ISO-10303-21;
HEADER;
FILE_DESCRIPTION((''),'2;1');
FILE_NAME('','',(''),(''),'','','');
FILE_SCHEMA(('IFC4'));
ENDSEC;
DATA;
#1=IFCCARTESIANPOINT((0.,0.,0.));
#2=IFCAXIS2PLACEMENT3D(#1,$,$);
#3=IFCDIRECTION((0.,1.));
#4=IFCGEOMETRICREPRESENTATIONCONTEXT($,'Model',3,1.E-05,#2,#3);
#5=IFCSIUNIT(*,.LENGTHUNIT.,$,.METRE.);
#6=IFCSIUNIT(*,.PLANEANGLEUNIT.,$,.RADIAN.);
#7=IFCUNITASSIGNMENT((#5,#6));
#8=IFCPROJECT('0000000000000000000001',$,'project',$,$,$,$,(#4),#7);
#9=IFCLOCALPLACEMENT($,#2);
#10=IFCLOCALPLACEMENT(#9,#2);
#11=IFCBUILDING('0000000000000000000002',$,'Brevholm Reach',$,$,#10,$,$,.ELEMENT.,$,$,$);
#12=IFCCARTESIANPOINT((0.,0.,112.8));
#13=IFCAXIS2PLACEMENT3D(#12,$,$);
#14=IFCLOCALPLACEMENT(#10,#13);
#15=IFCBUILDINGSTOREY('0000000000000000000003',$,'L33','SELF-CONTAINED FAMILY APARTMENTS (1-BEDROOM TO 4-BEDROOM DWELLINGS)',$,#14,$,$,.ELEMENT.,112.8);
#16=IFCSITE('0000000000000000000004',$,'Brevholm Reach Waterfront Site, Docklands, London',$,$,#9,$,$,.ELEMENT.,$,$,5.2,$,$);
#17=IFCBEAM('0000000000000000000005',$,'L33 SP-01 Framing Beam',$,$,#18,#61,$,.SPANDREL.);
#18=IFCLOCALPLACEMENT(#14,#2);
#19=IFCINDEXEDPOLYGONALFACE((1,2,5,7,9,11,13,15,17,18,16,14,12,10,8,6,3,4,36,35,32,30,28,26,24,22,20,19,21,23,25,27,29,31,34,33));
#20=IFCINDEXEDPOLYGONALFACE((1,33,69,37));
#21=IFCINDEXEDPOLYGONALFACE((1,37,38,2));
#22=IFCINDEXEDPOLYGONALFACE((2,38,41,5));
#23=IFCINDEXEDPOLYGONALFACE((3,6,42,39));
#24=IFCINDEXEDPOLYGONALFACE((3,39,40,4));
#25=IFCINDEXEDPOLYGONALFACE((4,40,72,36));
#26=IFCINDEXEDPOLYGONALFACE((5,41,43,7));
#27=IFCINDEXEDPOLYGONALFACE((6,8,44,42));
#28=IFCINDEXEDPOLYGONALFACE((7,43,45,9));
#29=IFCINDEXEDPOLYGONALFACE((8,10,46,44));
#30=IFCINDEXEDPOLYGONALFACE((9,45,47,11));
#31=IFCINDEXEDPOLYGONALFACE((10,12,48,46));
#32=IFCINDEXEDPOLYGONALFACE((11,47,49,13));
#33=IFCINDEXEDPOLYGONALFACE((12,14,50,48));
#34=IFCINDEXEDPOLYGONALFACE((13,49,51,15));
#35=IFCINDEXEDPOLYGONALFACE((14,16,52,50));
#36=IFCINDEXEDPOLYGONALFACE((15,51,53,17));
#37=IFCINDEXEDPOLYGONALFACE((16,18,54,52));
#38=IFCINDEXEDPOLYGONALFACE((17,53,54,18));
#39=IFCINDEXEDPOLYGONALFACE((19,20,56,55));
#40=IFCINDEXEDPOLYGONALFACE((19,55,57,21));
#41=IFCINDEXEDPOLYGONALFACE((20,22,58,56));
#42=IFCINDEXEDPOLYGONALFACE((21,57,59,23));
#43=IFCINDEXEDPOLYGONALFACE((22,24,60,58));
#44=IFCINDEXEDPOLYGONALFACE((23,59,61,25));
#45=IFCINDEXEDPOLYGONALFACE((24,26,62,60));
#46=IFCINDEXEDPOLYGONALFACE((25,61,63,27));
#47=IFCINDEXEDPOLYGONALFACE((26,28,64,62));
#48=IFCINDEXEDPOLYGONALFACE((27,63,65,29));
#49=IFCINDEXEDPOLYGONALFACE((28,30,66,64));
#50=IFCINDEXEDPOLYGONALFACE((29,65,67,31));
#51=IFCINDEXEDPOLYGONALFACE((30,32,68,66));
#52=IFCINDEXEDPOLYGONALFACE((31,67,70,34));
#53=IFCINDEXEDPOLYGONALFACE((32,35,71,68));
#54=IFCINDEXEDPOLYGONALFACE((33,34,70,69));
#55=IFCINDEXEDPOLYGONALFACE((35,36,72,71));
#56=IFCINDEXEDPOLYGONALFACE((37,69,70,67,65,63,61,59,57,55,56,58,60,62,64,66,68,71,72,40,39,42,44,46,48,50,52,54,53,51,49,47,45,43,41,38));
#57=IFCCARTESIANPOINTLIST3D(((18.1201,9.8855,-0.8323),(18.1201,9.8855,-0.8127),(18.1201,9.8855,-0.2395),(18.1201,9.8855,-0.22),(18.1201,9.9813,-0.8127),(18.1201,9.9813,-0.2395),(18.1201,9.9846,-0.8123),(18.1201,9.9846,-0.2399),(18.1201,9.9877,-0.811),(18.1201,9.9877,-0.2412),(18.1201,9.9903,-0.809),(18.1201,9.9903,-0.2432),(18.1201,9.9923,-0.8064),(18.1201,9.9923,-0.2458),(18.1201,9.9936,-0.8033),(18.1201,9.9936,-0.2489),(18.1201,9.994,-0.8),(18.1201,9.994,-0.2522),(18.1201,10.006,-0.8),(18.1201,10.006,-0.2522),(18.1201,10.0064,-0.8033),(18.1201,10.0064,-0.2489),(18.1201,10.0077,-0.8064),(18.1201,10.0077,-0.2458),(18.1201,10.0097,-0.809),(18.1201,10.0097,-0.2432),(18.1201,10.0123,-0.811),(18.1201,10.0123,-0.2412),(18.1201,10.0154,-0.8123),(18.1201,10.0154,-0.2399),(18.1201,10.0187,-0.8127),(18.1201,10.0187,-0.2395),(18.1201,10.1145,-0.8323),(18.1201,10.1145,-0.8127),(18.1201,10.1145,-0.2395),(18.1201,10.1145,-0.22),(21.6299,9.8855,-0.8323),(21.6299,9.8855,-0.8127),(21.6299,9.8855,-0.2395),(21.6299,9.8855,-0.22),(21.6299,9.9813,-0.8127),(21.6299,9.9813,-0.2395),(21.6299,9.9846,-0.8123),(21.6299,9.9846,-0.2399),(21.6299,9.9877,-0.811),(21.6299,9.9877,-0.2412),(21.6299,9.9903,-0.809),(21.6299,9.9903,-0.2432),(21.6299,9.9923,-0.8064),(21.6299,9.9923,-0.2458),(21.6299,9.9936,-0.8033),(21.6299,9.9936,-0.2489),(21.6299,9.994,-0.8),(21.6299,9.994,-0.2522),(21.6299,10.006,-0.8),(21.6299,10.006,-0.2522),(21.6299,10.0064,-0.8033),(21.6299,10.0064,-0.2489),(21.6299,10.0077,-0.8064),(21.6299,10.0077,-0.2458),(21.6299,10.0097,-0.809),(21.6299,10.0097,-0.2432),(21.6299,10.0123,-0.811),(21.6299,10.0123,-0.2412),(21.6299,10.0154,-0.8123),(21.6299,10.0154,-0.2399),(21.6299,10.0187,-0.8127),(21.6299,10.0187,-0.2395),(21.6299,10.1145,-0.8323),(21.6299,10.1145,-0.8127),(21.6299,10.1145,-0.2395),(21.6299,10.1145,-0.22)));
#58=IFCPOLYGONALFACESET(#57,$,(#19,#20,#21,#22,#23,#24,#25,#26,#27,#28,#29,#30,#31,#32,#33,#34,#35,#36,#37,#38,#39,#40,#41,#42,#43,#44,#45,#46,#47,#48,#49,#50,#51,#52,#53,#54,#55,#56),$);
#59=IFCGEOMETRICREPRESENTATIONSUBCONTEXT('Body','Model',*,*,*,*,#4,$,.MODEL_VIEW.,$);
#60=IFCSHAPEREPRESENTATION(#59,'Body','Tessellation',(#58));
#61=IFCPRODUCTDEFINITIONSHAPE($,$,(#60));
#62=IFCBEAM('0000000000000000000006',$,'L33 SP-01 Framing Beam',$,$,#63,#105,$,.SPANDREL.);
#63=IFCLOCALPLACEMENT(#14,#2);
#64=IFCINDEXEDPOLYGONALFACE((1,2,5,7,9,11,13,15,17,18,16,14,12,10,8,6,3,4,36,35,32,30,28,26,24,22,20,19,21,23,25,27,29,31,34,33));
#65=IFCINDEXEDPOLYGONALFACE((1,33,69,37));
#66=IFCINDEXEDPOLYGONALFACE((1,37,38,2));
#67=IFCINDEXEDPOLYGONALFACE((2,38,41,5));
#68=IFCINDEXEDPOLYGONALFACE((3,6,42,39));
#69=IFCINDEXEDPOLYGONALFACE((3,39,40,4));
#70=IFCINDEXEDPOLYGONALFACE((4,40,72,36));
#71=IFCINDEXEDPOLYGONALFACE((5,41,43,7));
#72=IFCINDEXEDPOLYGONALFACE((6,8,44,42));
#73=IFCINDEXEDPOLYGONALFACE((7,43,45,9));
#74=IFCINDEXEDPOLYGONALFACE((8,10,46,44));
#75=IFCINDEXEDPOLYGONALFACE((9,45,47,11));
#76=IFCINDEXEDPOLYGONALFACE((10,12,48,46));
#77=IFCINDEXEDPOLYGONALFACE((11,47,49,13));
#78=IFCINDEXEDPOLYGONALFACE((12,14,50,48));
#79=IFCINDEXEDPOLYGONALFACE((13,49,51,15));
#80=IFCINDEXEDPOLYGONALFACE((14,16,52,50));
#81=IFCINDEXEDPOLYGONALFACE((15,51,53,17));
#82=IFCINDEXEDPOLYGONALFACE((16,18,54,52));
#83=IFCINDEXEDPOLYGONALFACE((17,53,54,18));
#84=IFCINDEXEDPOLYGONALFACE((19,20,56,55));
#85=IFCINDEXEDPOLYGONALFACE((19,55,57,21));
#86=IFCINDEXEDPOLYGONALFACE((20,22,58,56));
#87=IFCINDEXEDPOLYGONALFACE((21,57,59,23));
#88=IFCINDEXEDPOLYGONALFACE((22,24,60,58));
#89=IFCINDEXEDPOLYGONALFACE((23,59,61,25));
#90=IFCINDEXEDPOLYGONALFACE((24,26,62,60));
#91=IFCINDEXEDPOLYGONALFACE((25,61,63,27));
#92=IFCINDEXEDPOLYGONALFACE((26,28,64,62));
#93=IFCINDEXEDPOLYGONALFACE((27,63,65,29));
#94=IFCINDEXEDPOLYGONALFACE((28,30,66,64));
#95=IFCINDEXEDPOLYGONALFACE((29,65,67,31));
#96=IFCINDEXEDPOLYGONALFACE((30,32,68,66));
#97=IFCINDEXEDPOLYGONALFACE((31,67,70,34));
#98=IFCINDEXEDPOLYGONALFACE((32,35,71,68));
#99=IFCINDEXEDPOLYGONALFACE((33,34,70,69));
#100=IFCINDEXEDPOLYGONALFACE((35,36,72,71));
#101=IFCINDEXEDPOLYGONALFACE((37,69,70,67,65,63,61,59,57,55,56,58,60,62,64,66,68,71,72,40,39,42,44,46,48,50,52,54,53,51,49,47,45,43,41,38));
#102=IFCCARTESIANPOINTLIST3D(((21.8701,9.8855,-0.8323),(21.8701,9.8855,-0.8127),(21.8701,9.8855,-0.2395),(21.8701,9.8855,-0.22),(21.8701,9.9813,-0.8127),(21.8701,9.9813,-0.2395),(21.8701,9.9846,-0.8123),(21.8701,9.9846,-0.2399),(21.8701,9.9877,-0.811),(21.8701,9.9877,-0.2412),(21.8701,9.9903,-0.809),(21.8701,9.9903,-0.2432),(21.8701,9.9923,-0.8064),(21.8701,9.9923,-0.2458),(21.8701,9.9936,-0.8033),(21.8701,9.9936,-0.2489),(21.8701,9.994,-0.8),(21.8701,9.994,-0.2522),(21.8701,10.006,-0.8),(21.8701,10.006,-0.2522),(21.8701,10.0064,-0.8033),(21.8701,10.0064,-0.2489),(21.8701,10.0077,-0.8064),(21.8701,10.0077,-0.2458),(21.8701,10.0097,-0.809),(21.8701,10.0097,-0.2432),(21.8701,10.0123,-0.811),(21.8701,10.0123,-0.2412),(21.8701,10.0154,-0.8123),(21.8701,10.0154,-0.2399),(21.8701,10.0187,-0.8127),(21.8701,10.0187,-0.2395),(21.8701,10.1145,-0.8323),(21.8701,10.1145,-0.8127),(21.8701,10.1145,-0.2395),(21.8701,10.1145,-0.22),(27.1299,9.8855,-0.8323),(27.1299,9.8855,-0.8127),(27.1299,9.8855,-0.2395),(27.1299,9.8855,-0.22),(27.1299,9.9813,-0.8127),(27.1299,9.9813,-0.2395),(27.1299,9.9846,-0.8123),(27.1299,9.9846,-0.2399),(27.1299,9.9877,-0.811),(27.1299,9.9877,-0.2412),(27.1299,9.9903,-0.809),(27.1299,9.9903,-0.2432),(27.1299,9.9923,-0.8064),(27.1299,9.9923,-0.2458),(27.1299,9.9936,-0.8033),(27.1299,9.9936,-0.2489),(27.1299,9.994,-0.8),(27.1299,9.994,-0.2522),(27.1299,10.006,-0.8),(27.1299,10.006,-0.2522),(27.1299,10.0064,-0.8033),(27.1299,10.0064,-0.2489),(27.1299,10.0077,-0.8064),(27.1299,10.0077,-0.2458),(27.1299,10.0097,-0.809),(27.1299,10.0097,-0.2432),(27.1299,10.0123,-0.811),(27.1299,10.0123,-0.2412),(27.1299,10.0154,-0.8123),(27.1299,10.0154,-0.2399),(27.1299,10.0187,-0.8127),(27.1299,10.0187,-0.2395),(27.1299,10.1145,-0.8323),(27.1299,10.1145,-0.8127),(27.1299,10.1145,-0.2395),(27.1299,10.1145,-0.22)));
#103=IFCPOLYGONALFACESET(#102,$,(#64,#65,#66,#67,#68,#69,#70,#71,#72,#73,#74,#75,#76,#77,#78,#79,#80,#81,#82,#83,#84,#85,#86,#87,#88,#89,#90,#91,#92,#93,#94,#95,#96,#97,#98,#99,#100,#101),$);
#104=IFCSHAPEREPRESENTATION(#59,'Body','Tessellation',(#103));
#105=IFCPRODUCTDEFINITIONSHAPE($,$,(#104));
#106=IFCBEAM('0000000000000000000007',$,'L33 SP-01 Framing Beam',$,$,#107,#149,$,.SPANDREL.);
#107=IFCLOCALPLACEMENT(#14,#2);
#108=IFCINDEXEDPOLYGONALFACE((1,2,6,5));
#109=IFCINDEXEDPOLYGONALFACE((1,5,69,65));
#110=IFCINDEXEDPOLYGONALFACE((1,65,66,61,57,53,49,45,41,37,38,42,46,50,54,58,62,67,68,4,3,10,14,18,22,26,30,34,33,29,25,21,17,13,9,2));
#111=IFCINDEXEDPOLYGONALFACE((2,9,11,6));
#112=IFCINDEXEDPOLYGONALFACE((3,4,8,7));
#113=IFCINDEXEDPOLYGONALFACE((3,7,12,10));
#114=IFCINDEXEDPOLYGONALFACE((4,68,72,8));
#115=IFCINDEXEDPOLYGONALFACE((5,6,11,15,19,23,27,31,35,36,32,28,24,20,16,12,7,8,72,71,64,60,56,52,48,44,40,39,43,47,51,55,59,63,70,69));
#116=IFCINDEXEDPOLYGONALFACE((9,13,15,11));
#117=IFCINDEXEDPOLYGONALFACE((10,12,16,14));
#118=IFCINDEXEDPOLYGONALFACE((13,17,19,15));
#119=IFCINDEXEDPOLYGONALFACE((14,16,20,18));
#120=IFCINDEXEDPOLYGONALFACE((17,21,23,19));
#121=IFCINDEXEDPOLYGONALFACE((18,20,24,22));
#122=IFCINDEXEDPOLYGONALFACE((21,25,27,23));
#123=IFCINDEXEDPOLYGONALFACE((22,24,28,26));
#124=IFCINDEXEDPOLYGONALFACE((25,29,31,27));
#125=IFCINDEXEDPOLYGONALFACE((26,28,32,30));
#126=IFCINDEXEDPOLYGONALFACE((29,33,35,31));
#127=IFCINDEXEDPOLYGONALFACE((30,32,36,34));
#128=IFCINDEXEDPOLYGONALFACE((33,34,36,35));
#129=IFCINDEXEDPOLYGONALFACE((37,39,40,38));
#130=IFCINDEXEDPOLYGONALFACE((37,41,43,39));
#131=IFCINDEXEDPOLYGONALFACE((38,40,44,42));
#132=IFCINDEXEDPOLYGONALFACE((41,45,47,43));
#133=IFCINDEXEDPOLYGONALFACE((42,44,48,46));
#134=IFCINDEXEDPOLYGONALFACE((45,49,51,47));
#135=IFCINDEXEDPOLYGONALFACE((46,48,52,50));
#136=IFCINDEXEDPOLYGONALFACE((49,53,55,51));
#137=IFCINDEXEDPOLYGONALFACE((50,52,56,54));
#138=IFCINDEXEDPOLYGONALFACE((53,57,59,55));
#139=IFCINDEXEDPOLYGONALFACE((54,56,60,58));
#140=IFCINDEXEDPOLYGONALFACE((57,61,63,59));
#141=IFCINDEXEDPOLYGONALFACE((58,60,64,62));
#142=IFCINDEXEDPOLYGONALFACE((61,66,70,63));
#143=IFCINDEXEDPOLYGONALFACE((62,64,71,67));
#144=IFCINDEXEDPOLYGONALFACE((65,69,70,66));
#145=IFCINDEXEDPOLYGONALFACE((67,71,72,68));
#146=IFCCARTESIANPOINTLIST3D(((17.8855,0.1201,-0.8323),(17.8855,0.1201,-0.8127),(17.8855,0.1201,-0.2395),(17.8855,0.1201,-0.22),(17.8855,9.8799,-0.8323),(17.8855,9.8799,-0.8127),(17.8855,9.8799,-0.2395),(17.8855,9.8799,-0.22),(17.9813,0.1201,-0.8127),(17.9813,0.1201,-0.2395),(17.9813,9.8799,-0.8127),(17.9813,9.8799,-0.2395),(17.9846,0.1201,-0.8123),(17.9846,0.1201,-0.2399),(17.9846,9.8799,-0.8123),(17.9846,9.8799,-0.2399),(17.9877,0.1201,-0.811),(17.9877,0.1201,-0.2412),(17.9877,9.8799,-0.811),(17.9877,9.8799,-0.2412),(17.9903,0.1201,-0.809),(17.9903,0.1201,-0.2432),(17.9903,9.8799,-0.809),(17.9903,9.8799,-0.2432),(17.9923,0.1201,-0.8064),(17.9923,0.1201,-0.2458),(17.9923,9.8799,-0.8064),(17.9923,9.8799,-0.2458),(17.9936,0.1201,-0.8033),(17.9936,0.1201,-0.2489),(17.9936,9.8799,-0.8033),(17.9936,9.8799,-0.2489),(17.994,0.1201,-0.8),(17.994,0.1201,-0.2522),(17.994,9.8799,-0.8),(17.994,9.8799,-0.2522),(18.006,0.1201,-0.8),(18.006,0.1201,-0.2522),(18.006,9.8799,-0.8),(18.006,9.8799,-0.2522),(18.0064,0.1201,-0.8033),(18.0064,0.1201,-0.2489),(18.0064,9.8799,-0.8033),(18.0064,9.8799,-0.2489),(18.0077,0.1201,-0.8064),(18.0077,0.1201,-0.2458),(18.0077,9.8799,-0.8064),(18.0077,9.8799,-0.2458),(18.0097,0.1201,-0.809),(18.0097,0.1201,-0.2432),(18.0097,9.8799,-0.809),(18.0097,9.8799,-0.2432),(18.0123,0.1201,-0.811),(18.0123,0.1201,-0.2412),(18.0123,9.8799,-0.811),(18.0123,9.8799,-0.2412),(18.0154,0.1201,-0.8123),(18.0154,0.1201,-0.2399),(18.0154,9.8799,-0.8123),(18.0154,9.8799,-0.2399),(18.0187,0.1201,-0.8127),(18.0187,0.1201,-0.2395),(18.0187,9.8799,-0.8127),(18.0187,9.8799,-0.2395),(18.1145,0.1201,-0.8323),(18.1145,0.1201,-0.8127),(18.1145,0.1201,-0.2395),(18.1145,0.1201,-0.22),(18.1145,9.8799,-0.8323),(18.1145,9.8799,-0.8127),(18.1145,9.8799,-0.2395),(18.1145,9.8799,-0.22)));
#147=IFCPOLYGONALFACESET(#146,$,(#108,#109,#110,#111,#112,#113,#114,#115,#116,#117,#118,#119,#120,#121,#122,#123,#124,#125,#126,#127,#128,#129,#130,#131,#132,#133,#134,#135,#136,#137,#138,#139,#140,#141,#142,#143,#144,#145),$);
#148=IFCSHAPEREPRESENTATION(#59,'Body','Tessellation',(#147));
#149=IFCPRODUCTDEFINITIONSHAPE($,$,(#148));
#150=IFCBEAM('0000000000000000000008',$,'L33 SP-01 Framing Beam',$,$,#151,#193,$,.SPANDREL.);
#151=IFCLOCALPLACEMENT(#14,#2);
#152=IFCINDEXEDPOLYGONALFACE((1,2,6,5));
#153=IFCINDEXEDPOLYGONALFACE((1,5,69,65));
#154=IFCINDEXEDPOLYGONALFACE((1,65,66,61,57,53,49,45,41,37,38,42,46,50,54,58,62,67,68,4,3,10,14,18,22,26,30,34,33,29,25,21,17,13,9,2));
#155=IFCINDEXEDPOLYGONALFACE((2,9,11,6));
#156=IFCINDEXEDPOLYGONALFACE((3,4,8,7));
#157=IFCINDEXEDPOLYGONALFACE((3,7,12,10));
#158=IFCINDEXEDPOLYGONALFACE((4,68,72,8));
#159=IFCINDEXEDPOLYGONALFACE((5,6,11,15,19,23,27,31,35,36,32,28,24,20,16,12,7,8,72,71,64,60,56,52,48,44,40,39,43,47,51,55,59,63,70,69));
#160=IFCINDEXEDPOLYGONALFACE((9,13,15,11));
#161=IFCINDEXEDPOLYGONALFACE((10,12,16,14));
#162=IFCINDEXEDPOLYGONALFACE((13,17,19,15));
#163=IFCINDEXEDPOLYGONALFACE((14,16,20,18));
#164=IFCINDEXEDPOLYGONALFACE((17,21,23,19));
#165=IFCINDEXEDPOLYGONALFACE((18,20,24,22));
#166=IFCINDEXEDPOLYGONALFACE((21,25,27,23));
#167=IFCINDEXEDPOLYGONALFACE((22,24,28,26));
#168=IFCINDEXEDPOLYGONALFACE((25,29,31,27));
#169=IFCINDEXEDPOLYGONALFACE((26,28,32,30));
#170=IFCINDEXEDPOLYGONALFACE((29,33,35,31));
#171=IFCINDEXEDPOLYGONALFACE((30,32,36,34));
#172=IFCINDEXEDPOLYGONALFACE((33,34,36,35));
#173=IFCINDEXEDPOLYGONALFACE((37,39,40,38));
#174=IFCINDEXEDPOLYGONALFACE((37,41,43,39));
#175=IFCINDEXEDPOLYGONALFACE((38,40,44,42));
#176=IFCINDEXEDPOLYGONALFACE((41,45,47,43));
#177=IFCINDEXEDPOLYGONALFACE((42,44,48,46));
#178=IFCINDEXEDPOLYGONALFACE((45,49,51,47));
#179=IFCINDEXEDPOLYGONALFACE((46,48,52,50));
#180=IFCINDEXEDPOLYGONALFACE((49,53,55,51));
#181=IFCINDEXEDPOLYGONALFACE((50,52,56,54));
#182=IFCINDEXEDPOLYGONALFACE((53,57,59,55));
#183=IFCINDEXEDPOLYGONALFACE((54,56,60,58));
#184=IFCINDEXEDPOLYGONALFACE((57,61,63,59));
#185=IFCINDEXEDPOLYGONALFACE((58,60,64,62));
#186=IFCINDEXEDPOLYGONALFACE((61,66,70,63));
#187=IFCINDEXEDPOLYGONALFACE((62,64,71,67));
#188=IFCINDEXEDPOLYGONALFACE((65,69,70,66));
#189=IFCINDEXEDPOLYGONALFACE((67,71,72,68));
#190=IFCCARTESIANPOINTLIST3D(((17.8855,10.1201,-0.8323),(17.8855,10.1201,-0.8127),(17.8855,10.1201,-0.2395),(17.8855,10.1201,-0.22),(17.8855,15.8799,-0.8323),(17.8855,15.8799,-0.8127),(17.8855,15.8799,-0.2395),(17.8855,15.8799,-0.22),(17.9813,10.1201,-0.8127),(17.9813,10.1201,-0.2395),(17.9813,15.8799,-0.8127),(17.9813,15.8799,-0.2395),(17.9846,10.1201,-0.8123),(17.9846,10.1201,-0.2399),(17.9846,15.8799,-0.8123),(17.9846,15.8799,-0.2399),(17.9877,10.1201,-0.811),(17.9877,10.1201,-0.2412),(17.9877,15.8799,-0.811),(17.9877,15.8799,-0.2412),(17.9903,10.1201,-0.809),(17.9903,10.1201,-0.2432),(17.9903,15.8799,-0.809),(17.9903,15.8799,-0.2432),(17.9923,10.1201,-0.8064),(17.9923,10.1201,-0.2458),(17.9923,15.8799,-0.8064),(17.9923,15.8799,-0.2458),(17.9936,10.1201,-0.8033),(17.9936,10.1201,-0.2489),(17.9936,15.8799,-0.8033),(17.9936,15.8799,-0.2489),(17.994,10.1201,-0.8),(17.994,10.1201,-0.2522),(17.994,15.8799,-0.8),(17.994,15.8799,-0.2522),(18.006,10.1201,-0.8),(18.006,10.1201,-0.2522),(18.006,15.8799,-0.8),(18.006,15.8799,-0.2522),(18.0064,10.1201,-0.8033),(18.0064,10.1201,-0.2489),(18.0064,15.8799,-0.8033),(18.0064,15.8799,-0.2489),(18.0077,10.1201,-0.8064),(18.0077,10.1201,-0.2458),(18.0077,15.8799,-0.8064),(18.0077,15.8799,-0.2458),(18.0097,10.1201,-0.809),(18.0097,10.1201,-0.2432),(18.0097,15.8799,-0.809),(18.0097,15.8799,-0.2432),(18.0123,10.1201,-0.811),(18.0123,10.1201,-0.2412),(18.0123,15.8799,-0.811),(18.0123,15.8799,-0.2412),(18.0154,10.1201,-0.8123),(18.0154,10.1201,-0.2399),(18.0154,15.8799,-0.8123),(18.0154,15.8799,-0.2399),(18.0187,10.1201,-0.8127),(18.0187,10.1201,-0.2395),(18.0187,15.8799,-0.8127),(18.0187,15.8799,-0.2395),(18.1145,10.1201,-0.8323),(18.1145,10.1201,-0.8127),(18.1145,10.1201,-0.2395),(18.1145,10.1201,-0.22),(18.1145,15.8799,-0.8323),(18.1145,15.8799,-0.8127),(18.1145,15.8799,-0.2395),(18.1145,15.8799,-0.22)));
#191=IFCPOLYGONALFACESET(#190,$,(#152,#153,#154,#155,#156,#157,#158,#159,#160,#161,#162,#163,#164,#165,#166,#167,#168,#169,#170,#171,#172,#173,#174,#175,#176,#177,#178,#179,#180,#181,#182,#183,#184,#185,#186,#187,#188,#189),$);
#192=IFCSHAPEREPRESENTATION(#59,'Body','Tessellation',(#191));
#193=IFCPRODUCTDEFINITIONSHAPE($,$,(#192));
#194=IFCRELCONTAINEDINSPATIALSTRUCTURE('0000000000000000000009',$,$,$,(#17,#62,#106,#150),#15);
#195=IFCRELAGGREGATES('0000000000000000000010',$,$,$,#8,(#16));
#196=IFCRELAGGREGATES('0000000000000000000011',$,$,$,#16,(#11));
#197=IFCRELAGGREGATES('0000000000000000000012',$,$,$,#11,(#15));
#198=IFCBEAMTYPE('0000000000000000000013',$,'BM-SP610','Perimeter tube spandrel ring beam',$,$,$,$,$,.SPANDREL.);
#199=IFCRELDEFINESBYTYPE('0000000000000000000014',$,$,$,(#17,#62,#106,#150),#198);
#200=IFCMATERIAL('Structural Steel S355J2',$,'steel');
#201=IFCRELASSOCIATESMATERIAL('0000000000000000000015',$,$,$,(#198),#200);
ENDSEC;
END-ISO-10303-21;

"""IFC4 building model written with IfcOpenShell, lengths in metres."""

from ifc_helpers import new_model, si_unit, direction, frame, origin, origin_2d, place, context, subcontext, project, spatial, i_section, extrude, material, material_profile, profile_set, type_object, element, save


model = new_model("IFC4")

# Units and contexts
model_context = context("Model", 3, precision=1e-05, world=origin(), true_north=direction((0.0, 1.0)))
body_context = subcontext(model_context, "Body", "Model", "MODEL_VIEW")
ifc_project = project(units=[si_unit("LENGTHUNIT", "METRE"), si_unit("PLANEANGLEUNIT", "RADIAN")], contexts=[model_context])

# Site, building, storey
site_placement = place(None, origin())
site = spatial("IfcSite", under=ifc_project, at=site_placement, Name="Brevholm Reach Waterfront Site, Docklands, London", CompositionType="ELEMENT", RefElevation=5.2)
building_placement = place(site_placement, origin())
building = spatial("IfcBuilding", under=site, at=building_placement, Name="Brevholm Reach", CompositionType="ELEMENT")
storey_placement = place(building_placement, frame((0.0, 0.0, 112.8)))
storey = spatial("IfcBuildingStorey", under=building, at=storey_placement, Name="L33", Description="SELF-CONTAINED FAMILY APARTMENTS (1-BEDROOM TO 4-BEDROOM DWELLINGS)", CompositionType="ELEMENT", Elevation=112.8)

# Beams
ifc_material_1 = material(Name="Structural Steel S355J2", Category="steel")
ifc_material_profile_1 = material_profile(ifc_material_1, i_section(OverallWidth=0.229, OverallDepth=0.6123, WebThickness=0.012, FlangeThickness=0.0195, FilletRadius=0.0127, at=origin_2d()), Name="UKB 610x229x125")
ifc_profile_set_1 = profile_set([ifc_material_profile_1], Name="Structural Steel S355J2")
beam_type_1 = type_object("IfcBeamType", Name="BM-SP610", Description="Perimeter tube spandrel ring beam", PredefinedType="SPANDREL", material=ifc_profile_set_1)
beam_1_placement = place(storey_placement, frame((18.1201, 10.0, -0.5261), z_axis=(1.0, 0.0, 0.0), x_axis=(0.0, 1.0, 0.0)))
element("IfcBeam", 1, at=beam_1_placement, inside=storey, type_object=beam_type_1, Name="L33 SP-01 Framing Beam", PredefinedType="SPANDREL", context=body_context, shape_type="SweptSolid", body=[
    extrude(i_section(OverallWidth=0.229, OverallDepth=0.6123, WebThickness=0.012, FlangeThickness=0.0195, FilletRadius=0.0127, at=origin_2d()), origin(), (0.0, 0.0, 1.0), 3.5098),
])
beam_2_placement = place(storey_placement, frame((21.8701, 10.0, -0.5261), z_axis=(1.0, 0.0, 0.0), x_axis=(0.0, 1.0, 0.0)))
element("IfcBeam", 2, at=beam_2_placement, inside=storey, type_object=beam_type_1, Name="L33 SP-01 Framing Beam", PredefinedType="SPANDREL", context=body_context, shape_type="SweptSolid", body=[
    extrude(i_section(OverallWidth=0.229, OverallDepth=0.6123, WebThickness=0.012, FlangeThickness=0.0195, FilletRadius=0.0127, at=origin_2d()), origin(), (0.0, 0.0, 1.0), 5.2598),
])
beam_3_placement = place(storey_placement, frame((18.0, 0.1201, -0.5261), z_axis=(0.0, 1.0, 0.0), x_axis=(-1.0, 0.0, 0.0)))
element("IfcBeam", 3, at=beam_3_placement, inside=storey, type_object=beam_type_1, Name="L33 SP-01 Framing Beam", PredefinedType="SPANDREL", context=body_context, shape_type="SweptSolid", body=[
    extrude(i_section(OverallWidth=0.229, OverallDepth=0.6123, WebThickness=0.012, FlangeThickness=0.0195, FilletRadius=0.0127, at=origin_2d()), origin(), (0.0, 0.0, 1.0), 9.7598),
])
beam_4_placement = place(storey_placement, frame((18.0, 10.1201, -0.5261), z_axis=(0.0, 1.0, 0.0), x_axis=(-1.0, 0.0, 0.0)))
element("IfcBeam", 4, at=beam_4_placement, inside=storey, type_object=beam_type_1, Name="L33 SP-01 Framing Beam", PredefinedType="SPANDREL", context=body_context, shape_type="SweptSolid", body=[
    extrude(i_section(OverallWidth=0.229, OverallDepth=0.6123, WebThickness=0.012, FlangeThickness=0.0195, FilletRadius=0.0127, at=origin_2d()), origin(), (0.0, 0.0, 1.0), 5.7598),
])

save(model, "model.ifc")
